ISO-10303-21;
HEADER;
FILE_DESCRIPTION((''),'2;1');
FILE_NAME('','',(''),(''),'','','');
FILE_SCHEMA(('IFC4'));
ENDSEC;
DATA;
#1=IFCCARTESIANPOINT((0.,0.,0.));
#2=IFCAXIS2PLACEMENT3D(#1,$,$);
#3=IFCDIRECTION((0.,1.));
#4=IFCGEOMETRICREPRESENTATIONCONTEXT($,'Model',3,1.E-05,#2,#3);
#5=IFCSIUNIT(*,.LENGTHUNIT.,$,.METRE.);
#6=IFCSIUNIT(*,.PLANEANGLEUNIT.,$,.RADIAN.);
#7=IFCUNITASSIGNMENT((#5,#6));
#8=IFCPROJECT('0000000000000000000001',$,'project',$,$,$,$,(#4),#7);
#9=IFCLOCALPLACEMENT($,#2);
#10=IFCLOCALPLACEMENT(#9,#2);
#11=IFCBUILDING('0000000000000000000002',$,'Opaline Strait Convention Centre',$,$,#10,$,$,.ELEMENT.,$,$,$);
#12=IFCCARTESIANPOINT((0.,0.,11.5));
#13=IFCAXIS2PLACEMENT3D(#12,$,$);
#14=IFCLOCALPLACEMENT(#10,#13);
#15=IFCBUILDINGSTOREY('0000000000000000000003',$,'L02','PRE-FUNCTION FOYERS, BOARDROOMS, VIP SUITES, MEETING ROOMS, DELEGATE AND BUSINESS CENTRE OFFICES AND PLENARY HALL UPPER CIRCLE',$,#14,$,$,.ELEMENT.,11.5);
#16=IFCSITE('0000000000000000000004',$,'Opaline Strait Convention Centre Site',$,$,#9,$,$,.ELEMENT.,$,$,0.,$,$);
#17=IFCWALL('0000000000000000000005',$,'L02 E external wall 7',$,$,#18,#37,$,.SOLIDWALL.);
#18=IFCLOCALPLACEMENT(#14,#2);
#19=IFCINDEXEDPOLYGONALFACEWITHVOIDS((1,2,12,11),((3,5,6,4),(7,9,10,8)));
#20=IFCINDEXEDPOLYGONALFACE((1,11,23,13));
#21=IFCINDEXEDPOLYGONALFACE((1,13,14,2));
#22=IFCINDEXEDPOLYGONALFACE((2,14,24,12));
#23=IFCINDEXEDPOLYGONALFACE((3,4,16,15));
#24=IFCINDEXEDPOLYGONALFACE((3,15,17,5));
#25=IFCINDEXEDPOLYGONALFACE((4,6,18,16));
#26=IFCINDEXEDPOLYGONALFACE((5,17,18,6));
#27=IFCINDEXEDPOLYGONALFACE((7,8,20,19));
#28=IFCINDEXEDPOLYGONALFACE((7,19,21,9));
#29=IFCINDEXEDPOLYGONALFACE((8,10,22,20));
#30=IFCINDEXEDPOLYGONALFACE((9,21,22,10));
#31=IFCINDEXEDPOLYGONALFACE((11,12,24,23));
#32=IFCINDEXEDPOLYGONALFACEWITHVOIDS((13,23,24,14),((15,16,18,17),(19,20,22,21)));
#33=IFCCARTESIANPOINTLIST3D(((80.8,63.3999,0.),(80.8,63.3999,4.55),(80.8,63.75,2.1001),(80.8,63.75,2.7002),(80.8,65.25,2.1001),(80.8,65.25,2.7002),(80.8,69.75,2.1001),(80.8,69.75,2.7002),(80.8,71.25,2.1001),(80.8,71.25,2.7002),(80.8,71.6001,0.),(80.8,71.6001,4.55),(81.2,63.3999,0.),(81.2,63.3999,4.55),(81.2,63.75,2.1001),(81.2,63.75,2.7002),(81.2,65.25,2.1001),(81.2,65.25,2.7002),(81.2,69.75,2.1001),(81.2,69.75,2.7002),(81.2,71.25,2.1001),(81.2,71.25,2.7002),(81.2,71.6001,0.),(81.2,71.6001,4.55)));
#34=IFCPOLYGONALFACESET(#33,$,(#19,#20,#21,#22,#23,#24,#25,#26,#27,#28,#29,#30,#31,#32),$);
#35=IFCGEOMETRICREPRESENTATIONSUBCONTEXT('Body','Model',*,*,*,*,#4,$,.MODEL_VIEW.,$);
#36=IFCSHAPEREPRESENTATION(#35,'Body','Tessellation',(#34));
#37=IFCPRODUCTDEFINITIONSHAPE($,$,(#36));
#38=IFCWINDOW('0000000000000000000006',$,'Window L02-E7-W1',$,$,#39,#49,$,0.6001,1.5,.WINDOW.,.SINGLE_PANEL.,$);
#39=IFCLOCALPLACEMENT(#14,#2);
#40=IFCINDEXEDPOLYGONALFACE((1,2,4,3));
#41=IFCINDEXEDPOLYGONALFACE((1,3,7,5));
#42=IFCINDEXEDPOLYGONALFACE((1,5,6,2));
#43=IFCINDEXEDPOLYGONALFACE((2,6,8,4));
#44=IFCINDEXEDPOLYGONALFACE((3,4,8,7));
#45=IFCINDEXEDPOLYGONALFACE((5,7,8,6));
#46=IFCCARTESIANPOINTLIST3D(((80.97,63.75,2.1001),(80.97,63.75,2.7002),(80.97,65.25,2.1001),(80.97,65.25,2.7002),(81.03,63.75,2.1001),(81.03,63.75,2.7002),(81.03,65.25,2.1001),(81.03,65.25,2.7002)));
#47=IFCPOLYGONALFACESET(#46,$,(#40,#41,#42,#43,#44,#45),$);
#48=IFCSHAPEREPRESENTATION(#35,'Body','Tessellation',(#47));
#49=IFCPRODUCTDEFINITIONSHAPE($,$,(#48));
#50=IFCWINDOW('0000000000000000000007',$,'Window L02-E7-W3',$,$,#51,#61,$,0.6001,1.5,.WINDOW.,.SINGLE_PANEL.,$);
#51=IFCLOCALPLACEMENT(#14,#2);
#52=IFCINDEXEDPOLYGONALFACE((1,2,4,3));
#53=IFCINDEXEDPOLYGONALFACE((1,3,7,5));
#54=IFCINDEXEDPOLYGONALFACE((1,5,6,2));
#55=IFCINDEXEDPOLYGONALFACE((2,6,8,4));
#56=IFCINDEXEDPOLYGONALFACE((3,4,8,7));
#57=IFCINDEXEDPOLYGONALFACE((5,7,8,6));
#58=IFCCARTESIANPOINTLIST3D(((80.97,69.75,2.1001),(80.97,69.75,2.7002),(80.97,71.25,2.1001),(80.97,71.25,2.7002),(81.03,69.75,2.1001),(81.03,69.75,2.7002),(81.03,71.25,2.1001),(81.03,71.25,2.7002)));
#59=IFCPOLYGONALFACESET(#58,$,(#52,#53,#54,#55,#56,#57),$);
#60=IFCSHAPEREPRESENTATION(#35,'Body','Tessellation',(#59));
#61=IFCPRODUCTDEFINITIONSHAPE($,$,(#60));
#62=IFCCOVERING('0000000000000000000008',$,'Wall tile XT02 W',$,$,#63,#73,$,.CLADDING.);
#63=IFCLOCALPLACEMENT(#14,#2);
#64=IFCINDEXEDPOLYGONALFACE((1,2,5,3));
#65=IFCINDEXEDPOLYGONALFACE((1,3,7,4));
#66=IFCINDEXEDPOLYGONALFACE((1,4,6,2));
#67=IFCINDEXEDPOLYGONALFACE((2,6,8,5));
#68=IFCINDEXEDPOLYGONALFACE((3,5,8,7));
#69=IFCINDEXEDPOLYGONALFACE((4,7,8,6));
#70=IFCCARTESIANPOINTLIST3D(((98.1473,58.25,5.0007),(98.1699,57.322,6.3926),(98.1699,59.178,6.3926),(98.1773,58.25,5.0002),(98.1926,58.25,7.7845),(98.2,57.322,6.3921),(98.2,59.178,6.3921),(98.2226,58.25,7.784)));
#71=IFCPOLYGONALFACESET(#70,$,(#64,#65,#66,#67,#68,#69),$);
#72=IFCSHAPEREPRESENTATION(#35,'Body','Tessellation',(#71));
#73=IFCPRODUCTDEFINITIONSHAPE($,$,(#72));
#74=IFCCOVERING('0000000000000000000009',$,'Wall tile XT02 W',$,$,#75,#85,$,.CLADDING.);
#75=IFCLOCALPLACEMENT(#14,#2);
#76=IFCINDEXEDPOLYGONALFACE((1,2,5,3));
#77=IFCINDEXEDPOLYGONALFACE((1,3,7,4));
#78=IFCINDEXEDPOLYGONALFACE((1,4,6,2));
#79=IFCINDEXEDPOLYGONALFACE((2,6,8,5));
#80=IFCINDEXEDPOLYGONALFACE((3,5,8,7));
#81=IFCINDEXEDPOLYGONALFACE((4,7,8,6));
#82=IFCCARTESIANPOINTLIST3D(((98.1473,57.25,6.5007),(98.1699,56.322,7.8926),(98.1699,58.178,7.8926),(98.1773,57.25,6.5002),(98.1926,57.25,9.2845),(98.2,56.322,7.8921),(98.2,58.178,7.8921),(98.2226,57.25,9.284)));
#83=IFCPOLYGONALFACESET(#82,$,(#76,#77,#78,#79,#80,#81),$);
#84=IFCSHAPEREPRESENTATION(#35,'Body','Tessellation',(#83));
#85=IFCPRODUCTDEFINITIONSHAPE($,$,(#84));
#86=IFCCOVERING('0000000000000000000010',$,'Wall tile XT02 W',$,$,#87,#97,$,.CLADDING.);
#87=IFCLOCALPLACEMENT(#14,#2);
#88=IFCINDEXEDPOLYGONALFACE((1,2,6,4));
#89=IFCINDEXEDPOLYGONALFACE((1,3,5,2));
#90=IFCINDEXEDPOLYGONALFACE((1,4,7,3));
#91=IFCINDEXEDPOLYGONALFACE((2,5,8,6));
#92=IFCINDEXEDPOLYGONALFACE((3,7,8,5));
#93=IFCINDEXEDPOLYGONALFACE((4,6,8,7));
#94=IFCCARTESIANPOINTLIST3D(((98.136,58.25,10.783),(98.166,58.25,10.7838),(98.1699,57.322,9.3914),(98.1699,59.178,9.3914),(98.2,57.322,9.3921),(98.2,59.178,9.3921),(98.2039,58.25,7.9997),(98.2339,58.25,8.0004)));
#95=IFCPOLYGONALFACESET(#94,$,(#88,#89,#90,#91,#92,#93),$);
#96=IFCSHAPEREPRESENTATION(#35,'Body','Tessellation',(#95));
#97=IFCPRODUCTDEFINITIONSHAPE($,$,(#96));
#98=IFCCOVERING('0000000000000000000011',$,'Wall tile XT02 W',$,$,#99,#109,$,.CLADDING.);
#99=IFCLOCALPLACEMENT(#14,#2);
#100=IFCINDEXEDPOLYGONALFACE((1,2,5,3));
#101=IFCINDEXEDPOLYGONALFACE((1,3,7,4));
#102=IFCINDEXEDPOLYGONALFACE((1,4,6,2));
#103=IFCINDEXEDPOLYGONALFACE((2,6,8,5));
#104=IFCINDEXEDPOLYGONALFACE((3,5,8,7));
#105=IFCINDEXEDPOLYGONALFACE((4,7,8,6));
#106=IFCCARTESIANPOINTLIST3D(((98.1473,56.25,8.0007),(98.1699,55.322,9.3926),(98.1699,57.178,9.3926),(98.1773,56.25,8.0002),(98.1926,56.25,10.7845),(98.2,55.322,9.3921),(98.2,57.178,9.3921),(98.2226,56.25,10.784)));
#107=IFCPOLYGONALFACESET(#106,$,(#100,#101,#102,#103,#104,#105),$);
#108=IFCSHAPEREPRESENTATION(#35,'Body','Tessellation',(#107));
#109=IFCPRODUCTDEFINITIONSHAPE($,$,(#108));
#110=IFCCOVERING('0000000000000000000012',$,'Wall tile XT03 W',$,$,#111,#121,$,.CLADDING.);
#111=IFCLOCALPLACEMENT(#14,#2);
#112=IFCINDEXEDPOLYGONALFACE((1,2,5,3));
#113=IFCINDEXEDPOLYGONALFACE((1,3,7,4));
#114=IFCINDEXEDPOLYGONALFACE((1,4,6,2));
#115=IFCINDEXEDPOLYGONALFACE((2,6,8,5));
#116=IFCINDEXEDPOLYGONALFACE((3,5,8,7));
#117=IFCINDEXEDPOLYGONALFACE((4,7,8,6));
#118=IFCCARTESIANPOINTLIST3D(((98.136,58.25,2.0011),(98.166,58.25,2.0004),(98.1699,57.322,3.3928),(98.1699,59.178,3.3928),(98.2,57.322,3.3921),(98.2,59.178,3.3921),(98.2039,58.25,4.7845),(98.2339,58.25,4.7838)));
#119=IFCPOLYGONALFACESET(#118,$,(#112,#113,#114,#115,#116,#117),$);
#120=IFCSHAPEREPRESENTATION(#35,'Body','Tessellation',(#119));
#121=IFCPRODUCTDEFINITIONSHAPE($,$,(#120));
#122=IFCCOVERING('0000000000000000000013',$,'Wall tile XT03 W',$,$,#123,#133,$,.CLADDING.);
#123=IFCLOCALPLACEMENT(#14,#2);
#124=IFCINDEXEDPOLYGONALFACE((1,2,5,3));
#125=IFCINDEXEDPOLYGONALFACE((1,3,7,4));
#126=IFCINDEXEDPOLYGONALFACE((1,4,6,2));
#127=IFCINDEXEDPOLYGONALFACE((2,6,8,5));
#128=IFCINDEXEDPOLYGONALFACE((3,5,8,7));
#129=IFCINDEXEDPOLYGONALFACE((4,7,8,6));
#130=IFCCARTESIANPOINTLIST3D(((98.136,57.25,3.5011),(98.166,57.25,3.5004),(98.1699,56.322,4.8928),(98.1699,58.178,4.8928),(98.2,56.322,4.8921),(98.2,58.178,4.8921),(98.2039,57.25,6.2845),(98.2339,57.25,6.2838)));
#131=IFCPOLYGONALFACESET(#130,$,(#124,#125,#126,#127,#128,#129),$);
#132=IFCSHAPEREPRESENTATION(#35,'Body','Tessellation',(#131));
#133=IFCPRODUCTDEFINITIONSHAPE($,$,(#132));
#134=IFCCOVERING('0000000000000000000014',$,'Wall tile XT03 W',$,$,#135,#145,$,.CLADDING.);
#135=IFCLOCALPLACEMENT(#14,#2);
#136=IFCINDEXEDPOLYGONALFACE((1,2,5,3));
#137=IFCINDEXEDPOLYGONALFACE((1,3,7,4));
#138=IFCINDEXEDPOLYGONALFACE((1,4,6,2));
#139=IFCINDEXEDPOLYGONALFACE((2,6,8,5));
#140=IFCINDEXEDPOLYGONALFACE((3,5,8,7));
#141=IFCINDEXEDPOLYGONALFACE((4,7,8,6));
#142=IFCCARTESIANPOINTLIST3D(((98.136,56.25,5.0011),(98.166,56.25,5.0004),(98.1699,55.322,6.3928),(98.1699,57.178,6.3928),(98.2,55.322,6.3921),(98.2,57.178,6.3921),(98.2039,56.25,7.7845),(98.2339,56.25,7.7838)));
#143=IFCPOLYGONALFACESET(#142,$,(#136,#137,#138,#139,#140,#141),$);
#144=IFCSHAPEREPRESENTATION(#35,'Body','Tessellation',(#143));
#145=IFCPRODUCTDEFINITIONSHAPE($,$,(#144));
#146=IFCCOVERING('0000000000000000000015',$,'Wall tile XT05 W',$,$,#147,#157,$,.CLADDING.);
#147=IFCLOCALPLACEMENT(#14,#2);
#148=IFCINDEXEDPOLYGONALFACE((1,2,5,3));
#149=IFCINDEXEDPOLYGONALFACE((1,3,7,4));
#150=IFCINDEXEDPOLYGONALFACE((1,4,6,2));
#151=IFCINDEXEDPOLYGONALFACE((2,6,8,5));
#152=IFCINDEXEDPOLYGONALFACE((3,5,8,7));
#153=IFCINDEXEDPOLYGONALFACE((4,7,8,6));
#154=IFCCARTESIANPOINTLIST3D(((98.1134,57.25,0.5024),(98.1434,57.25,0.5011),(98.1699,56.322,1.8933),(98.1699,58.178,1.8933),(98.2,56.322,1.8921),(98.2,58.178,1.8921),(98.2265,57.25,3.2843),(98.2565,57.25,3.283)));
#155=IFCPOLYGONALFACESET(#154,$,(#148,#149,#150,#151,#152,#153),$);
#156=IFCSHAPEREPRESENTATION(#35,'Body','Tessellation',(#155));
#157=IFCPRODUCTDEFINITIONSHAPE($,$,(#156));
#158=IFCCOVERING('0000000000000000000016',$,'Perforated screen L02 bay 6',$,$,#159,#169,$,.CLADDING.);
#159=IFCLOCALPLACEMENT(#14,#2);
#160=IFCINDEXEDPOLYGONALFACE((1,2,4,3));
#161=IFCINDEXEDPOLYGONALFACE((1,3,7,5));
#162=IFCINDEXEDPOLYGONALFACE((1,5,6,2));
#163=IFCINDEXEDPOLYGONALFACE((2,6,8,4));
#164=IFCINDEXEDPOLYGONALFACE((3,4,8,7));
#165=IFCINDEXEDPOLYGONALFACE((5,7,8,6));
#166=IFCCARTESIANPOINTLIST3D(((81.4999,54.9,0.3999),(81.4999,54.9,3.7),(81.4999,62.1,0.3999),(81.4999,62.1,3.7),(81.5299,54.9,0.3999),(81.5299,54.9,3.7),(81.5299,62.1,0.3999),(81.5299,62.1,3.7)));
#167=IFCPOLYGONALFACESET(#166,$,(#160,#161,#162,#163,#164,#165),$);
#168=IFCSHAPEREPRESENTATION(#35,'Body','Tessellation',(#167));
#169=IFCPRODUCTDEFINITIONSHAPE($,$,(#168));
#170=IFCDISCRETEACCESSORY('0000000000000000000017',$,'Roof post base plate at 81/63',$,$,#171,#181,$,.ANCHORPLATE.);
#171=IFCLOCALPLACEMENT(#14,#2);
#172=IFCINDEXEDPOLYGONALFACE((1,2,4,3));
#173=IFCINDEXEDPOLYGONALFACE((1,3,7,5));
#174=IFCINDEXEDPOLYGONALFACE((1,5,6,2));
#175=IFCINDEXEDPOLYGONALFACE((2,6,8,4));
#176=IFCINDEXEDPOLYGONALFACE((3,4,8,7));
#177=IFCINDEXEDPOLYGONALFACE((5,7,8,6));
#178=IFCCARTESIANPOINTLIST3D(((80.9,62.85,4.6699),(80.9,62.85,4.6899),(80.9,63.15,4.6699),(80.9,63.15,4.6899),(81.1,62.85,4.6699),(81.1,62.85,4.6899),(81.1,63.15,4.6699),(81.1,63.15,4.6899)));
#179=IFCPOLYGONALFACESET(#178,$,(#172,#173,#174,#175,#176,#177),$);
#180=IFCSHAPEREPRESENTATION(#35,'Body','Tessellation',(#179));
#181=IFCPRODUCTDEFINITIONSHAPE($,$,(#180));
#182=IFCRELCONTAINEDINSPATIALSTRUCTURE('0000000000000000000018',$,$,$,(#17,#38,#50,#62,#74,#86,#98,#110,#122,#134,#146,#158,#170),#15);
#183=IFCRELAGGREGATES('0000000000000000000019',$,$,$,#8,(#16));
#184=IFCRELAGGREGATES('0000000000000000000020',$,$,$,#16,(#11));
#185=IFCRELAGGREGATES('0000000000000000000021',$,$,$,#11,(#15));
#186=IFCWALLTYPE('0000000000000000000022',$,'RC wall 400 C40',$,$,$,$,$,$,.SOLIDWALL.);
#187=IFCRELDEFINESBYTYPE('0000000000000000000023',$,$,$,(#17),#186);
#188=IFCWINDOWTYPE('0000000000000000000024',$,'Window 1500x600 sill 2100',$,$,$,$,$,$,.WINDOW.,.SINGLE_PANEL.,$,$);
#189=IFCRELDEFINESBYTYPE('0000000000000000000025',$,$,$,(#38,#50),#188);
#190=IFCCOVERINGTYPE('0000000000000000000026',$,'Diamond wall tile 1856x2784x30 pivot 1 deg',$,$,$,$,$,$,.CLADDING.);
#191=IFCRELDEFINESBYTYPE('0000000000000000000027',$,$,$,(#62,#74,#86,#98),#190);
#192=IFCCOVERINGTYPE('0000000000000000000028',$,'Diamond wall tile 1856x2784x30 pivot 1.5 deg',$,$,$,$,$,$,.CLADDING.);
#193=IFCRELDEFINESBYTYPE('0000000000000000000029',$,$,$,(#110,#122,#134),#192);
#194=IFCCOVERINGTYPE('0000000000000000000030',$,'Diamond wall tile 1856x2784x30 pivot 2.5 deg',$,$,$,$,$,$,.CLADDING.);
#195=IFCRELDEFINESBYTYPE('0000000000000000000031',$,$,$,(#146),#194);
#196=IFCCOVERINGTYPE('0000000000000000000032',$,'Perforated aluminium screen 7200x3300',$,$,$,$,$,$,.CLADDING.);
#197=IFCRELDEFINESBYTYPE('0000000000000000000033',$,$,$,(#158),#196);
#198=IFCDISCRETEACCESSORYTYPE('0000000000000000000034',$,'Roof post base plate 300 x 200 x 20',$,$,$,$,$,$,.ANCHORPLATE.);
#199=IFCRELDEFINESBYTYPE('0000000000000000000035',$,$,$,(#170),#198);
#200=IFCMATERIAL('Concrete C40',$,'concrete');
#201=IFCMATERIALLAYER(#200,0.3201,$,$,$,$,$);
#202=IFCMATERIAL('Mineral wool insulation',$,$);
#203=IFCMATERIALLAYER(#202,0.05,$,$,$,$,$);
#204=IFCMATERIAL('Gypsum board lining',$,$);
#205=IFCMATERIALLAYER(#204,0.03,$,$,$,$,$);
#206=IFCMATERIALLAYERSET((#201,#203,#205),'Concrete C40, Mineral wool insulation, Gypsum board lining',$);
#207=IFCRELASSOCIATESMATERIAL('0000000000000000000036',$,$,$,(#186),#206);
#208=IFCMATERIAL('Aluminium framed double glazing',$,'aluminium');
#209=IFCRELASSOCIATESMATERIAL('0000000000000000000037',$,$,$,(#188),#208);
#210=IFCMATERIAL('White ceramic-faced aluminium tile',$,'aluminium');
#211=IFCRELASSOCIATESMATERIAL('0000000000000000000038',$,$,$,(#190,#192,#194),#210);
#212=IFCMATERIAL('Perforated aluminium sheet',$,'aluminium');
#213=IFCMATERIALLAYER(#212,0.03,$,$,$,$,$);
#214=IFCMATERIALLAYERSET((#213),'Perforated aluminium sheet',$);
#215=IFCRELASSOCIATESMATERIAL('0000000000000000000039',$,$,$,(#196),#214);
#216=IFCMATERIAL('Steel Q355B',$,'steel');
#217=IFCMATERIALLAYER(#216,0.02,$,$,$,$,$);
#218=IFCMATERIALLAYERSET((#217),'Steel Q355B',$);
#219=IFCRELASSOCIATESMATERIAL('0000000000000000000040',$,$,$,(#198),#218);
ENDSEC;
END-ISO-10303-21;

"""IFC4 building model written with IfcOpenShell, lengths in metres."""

from ifc_helpers import new_model, si_unit, direction, frame, frame_2d, origin, origin_2d, place, context, subcontext, project, spatial, polyline, rectangle, outline, extrude, material, layer, layer_set, material_profile, profile_set, type_object, element, fill, save


model = new_model("IFC4")

# Units and contexts
model_context = context("Model", 3, precision=1e-05, world=origin(), true_north=direction((0.0, 1.0)))
body_context = subcontext(model_context, "Body", "Model", "MODEL_VIEW")
ifc_project = project(units=[si_unit("LENGTHUNIT", "METRE"), si_unit("PLANEANGLEUNIT", "RADIAN")], contexts=[model_context])

# Site, building, storey
site_placement = place(None, origin())
site = spatial("IfcSite", under=ifc_project, at=site_placement, Name="Opaline Strait Convention Centre Site", CompositionType="ELEMENT", RefElevation=0.0)
building_placement = place(site_placement, origin())
building = spatial("IfcBuilding", under=site, at=building_placement, Name="Opaline Strait Convention Centre", CompositionType="ELEMENT")
storey_placement = place(building_placement, frame((0.0, 0.0, 11.5)))
storey = spatial("IfcBuildingStorey", under=building, at=storey_placement, Name="L02", Description="PRE-FUNCTION FOYERS, BOARDROOMS, VIP SUITES, MEETING ROOMS, DELEGATE AND BUSINESS CENTRE OFFICES AND PLENARY HALL UPPER CIRCLE", CompositionType="ELEMENT", Elevation=11.5)

# Shared definitions
ifc_material_1 = material(Name="Concrete C40", Category="concrete")

# Shared definitions
ifc_material_2 = material(Name="Steel Q355B", Category="steel")

# Shared definitions
ifc_layer_1 = layer(ifc_material_1, 0.3201)
ifc_material_3 = material(Name="Mineral wool insulation")
ifc_layer_2 = layer(ifc_material_3, 0.05)
ifc_material_4 = material(Name="Gypsum board lining")
ifc_layer_3 = layer(ifc_material_4, 0.03)
ifc_layer_set_1 = layer_set([ifc_layer_1, ifc_layer_2, ifc_layer_3], Name="Concrete C40, Mineral wool insulation, Gypsum board lining")
wall_type = type_object("IfcWallType", Name="RC wall 400 C40", PredefinedType="SOLIDWALL", material=ifc_layer_set_1)

# Wall, openings, windows
wall_1_placement = place(storey_placement, frame((81.0, 63.3999, 0.0), z_axis=(0.0, 0.0, 1.0), x_axis=(0.0, 1.0, 0.0)))
wall_1 = element("IfcWall", 1, at=wall_1_placement, inside=storey, type_object=wall_type, Name="L02 E external wall 7", PredefinedType="SOLIDWALL", context=body_context, shape_type="SweptSolid", body=[
    extrude(rectangle(XDim=8.2002, YDim=0.3999, at=frame_2d((4.1001, 0.0))), origin(), (0.0, 0.0, 1.0), 4.55),
])
opening_1_placement = place(wall_1_placement, frame((0.3501, 0.0, 2.1001)))
opening_1 = element("IfcOpeningElement", 2, at=opening_1_placement, cuts=wall_1, PredefinedType="OPENING", context=body_context, shape_type="SweptSolid", body=[
    extrude(rectangle(XDim=1.5, YDim=0.6001, at=frame_2d((0.75, 0.3))), frame((0.0, 0.21, 0.0), z_axis=(0.0, -1.0, 0.0), x_axis=(1.0, 0.0, 0.0)), (0.0, 0.0, 1.0), 0.4199),
])
opening_2_placement = place(wall_1_placement, frame((6.3501, 0.0, 2.1001)))
opening_2 = element("IfcOpeningElement", 3, at=opening_2_placement, cuts=wall_1, PredefinedType="OPENING", context=body_context, shape_type="SweptSolid", body=[
    extrude(rectangle(XDim=1.5, YDim=0.6001, at=frame_2d((0.75, 0.3))), frame((0.0, 0.21, 0.0), z_axis=(0.0, -1.0, 0.0), x_axis=(1.0, 0.0, 0.0)), (0.0, 0.0, 1.0), 0.4199),
])
ifc_material_5 = material(Name="Aluminium framed double glazing", Category="aluminium")
window_type = type_object("IfcWindowType", Name="Window 1500x600 sill 2100", PartitioningType="SINGLE_PANEL", PredefinedType="WINDOW", material=ifc_material_5)
window_1_placement = place(opening_1_placement, origin())
window_1 = element("IfcWindow", 4, at=window_1_placement, inside=storey, type_object=window_type, Name="Window L02-E7-W1", OverallHeight=0.6001, OverallWidth=1.5, PartitioningType="SINGLE_PANEL", PredefinedType="WINDOW", context=body_context, shape_type="SweptSolid", body=[
    extrude(rectangle(XDim=1.5, YDim=0.6001, at=frame_2d((0.75, 0.3))), frame((0.0, 0.03, 0.0), z_axis=(0.0, -1.0, 0.0), x_axis=(1.0, 0.0, 0.0)), (0.0, 0.0, 1.0), 0.0601),
])
fill(opening_1, window_1)
window_2_placement = place(opening_2_placement, origin())
window_2 = element("IfcWindow", 5, at=window_2_placement, inside=storey, type_object=window_type, Name="Window L02-E7-W3", OverallHeight=0.6001, OverallWidth=1.5, PartitioningType="SINGLE_PANEL", PredefinedType="WINDOW", context=body_context, shape_type="SweptSolid", body=[
    extrude(rectangle(XDim=1.5, YDim=0.6001, at=frame_2d((0.75, 0.3))), frame((0.0, 0.03, 0.0), z_axis=(0.0, -1.0, 0.0), x_axis=(1.0, 0.0, 0.0)), (0.0, 0.0, 1.0), 0.0601),
])
fill(opening_2, window_2)

# Coverings
ifc_material_6 = material(Name="White ceramic-faced aluminium tile", Category="aluminium")
ifc_material_profile_1 = material_profile(ifc_material_6, outline(polyline([(0.928, 0.0), (0.0, 1.3921), (-0.928, 0.0), (0.0, -1.3921), (0.928, 0.0)])), Name="Diamond tile 1856x2784")
ifc_profile_set_1 = profile_set([ifc_material_profile_1], Name="White ceramic-faced aluminium tile")
covering_type_1 = type_object("IfcCoveringType", Name="Diamond wall tile 1856x2784x30 pivot 1 deg", PredefinedType="CLADDING", material=ifc_profile_set_1)
for number, where, z_axis, x_axis, name in (
    (6, (98.2, 58.25, 6.3921), (-0.999868, 0.0, 0.016258), (0.0, -1.0, 0.0), "Wall tile XT02 W"),
    (7, (98.2, 57.25, 7.8921), (-0.999868, 0.0, 0.016258), (0.0, -1.0, 0.0), "Wall tile XT02 W"),
    (8, (98.2, 58.25, 9.3921), (-0.999703, 0.0, -0.024383), (0.0, -1.0, 0.0), "Wall tile XT02 W"),
    (9, (98.2, 56.25, 9.3921), (-0.999868, 0.0, 0.016258), (0.0, -1.0, 0.0), "Wall tile XT02 W"),
):
    element("IfcCovering", number, at=place(storey_placement, frame(where, z_axis=z_axis, x_axis=x_axis)), inside=storey, type_object=covering_type_1, Name=name, PredefinedType="CLADDING", context=body_context, shape_type="SweptSolid", body=[
        extrude(outline(polyline([(0.928, 0.0), (0.0, 1.3921), (-0.928, 0.0), (0.0, -1.3921), (0.928, 0.0)])), origin(), (0.0, 0.0, 1.0), 0.03),
    ])
ifc_material_profile_2 = material_profile(ifc_material_6, outline(polyline([(0.928, 0.0), (0.0, 1.3921), (-0.928, 0.0), (0.0, -1.3921), (0.928, 0.0)])), Name="Diamond tile 1856x2784")
ifc_profile_set_2 = profile_set([ifc_material_profile_2], Name="White ceramic-faced aluminium tile")
covering_type_2 = type_object("IfcCoveringType", Name="Diamond wall tile 1856x2784x30 pivot 1.5 deg", PredefinedType="CLADDING", material=ifc_profile_set_2)
for number, where, z_axis, x_axis, name in (
    (10, (98.2, 58.25, 3.3921), (-0.999703, 0.0, 0.024383), (0.0, -1.0, 0.0), "Wall tile XT03 W"),
    (11, (98.2, 57.25, 4.8921), (-0.999703, 0.0, 0.024383), (0.0, -1.0, 0.0), "Wall tile XT03 W"),
    (12, (98.2, 56.25, 6.3921), (-0.999703, 0.0, 0.024383), (0.0, -1.0, 0.0), "Wall tile XT03 W"),
):
    element("IfcCovering", number, at=place(storey_placement, frame(where, z_axis=z_axis, x_axis=x_axis)), inside=storey, type_object=covering_type_2, Name=name, PredefinedType="CLADDING", context=body_context, shape_type="SweptSolid", body=[
        extrude(outline(polyline([(0.928, 0.0), (0.0, 1.3921), (-0.928, 0.0), (0.0, -1.3921), (0.928, 0.0)])), origin(), (0.0, 0.0, 1.0), 0.03),
    ])
ifc_material_profile_3 = material_profile(ifc_material_6, outline(polyline([(0.928, 0.0), (0.0, 1.3921), (-0.928, 0.0), (0.0, -1.3921), (0.928, 0.0)])), Name="Diamond tile 1856x2784")
ifc_profile_set_3 = profile_set([ifc_material_profile_3], Name="White ceramic-faced aluminium tile")
covering_type_3 = type_object("IfcCoveringType", Name="Diamond wall tile 1856x2784x30 pivot 2.5 deg", PredefinedType="CLADDING", material=ifc_profile_set_3)
covering_1_placement = place(storey_placement, frame((98.2, 57.25, 1.8921), z_axis=(-0.999175, 0.0, 0.040617), x_axis=(0.0, -1.0, 0.0)))
element("IfcCovering", 13, at=covering_1_placement, inside=storey, type_object=covering_type_3, Name="Wall tile XT05 W", PredefinedType="CLADDING", context=body_context, shape_type="SweptSolid", body=[
    extrude(outline(polyline([(0.928, 0.0), (0.0, 1.3921), (-0.928, 0.0), (0.0, -1.3921), (0.928, 0.0)])), origin(), (0.0, 0.0, 1.0), 0.03),
])
ifc_material_7 = material(Name="Perforated aluminium sheet", Category="aluminium")
ifc_layer_4 = layer(ifc_material_7, 0.03)
ifc_layer_set_2 = layer_set([ifc_layer_4], Name="Perforated aluminium sheet")
covering_type_4 = type_object("IfcCoveringType", Name="Perforated aluminium screen 7200x3300", PredefinedType="CLADDING", material=ifc_layer_set_2)
covering_2_placement = place(storey_placement, frame((81.5149, 58.5, 0.3999), z_axis=(0.0, 0.0, 1.0), x_axis=(1.0, 0.0, 0.0)))
element("IfcCovering", 14, at=covering_2_placement, inside=storey, type_object=covering_type_4, Name="Perforated screen L02 bay 6", PredefinedType="CLADDING", context=body_context, shape_type="SweptSolid", body=[
    extrude(rectangle(XDim=0.03, YDim=7.2, at=origin_2d()), origin(), (0.0, 0.0, 1.0), 3.3),
])

# Discrete accessory
ifc_layer_5 = layer(ifc_material_2, 0.02)
ifc_layer_set_3 = layer_set([ifc_layer_5], Name="Steel Q355B")
discrete_accessory_type_1 = type_object("IfcDiscreteAccessoryType", Name="Roof post base plate 300 x 200 x 20", PredefinedType="ANCHORPLATE", material=ifc_layer_set_3)
discrete_accessory_1_placement = place(storey_placement, frame((81.0, 63.0, 4.6699), z_axis=(0.0, 0.0, 1.0), x_axis=(1.0, 0.0, 0.0)))
element("IfcDiscreteAccessory", 15, at=discrete_accessory_1_placement, inside=storey, type_object=discrete_accessory_type_1, Name="Roof post base plate at 81/63", PredefinedType="ANCHORPLATE", context=body_context, shape_type="SweptSolid", body=[
    extrude(rectangle(XDim=0.2, YDim=0.3, at=origin_2d()), origin(), (0.0, 0.0, 1.0), 0.02),
])

save(model, "model.ifc")
